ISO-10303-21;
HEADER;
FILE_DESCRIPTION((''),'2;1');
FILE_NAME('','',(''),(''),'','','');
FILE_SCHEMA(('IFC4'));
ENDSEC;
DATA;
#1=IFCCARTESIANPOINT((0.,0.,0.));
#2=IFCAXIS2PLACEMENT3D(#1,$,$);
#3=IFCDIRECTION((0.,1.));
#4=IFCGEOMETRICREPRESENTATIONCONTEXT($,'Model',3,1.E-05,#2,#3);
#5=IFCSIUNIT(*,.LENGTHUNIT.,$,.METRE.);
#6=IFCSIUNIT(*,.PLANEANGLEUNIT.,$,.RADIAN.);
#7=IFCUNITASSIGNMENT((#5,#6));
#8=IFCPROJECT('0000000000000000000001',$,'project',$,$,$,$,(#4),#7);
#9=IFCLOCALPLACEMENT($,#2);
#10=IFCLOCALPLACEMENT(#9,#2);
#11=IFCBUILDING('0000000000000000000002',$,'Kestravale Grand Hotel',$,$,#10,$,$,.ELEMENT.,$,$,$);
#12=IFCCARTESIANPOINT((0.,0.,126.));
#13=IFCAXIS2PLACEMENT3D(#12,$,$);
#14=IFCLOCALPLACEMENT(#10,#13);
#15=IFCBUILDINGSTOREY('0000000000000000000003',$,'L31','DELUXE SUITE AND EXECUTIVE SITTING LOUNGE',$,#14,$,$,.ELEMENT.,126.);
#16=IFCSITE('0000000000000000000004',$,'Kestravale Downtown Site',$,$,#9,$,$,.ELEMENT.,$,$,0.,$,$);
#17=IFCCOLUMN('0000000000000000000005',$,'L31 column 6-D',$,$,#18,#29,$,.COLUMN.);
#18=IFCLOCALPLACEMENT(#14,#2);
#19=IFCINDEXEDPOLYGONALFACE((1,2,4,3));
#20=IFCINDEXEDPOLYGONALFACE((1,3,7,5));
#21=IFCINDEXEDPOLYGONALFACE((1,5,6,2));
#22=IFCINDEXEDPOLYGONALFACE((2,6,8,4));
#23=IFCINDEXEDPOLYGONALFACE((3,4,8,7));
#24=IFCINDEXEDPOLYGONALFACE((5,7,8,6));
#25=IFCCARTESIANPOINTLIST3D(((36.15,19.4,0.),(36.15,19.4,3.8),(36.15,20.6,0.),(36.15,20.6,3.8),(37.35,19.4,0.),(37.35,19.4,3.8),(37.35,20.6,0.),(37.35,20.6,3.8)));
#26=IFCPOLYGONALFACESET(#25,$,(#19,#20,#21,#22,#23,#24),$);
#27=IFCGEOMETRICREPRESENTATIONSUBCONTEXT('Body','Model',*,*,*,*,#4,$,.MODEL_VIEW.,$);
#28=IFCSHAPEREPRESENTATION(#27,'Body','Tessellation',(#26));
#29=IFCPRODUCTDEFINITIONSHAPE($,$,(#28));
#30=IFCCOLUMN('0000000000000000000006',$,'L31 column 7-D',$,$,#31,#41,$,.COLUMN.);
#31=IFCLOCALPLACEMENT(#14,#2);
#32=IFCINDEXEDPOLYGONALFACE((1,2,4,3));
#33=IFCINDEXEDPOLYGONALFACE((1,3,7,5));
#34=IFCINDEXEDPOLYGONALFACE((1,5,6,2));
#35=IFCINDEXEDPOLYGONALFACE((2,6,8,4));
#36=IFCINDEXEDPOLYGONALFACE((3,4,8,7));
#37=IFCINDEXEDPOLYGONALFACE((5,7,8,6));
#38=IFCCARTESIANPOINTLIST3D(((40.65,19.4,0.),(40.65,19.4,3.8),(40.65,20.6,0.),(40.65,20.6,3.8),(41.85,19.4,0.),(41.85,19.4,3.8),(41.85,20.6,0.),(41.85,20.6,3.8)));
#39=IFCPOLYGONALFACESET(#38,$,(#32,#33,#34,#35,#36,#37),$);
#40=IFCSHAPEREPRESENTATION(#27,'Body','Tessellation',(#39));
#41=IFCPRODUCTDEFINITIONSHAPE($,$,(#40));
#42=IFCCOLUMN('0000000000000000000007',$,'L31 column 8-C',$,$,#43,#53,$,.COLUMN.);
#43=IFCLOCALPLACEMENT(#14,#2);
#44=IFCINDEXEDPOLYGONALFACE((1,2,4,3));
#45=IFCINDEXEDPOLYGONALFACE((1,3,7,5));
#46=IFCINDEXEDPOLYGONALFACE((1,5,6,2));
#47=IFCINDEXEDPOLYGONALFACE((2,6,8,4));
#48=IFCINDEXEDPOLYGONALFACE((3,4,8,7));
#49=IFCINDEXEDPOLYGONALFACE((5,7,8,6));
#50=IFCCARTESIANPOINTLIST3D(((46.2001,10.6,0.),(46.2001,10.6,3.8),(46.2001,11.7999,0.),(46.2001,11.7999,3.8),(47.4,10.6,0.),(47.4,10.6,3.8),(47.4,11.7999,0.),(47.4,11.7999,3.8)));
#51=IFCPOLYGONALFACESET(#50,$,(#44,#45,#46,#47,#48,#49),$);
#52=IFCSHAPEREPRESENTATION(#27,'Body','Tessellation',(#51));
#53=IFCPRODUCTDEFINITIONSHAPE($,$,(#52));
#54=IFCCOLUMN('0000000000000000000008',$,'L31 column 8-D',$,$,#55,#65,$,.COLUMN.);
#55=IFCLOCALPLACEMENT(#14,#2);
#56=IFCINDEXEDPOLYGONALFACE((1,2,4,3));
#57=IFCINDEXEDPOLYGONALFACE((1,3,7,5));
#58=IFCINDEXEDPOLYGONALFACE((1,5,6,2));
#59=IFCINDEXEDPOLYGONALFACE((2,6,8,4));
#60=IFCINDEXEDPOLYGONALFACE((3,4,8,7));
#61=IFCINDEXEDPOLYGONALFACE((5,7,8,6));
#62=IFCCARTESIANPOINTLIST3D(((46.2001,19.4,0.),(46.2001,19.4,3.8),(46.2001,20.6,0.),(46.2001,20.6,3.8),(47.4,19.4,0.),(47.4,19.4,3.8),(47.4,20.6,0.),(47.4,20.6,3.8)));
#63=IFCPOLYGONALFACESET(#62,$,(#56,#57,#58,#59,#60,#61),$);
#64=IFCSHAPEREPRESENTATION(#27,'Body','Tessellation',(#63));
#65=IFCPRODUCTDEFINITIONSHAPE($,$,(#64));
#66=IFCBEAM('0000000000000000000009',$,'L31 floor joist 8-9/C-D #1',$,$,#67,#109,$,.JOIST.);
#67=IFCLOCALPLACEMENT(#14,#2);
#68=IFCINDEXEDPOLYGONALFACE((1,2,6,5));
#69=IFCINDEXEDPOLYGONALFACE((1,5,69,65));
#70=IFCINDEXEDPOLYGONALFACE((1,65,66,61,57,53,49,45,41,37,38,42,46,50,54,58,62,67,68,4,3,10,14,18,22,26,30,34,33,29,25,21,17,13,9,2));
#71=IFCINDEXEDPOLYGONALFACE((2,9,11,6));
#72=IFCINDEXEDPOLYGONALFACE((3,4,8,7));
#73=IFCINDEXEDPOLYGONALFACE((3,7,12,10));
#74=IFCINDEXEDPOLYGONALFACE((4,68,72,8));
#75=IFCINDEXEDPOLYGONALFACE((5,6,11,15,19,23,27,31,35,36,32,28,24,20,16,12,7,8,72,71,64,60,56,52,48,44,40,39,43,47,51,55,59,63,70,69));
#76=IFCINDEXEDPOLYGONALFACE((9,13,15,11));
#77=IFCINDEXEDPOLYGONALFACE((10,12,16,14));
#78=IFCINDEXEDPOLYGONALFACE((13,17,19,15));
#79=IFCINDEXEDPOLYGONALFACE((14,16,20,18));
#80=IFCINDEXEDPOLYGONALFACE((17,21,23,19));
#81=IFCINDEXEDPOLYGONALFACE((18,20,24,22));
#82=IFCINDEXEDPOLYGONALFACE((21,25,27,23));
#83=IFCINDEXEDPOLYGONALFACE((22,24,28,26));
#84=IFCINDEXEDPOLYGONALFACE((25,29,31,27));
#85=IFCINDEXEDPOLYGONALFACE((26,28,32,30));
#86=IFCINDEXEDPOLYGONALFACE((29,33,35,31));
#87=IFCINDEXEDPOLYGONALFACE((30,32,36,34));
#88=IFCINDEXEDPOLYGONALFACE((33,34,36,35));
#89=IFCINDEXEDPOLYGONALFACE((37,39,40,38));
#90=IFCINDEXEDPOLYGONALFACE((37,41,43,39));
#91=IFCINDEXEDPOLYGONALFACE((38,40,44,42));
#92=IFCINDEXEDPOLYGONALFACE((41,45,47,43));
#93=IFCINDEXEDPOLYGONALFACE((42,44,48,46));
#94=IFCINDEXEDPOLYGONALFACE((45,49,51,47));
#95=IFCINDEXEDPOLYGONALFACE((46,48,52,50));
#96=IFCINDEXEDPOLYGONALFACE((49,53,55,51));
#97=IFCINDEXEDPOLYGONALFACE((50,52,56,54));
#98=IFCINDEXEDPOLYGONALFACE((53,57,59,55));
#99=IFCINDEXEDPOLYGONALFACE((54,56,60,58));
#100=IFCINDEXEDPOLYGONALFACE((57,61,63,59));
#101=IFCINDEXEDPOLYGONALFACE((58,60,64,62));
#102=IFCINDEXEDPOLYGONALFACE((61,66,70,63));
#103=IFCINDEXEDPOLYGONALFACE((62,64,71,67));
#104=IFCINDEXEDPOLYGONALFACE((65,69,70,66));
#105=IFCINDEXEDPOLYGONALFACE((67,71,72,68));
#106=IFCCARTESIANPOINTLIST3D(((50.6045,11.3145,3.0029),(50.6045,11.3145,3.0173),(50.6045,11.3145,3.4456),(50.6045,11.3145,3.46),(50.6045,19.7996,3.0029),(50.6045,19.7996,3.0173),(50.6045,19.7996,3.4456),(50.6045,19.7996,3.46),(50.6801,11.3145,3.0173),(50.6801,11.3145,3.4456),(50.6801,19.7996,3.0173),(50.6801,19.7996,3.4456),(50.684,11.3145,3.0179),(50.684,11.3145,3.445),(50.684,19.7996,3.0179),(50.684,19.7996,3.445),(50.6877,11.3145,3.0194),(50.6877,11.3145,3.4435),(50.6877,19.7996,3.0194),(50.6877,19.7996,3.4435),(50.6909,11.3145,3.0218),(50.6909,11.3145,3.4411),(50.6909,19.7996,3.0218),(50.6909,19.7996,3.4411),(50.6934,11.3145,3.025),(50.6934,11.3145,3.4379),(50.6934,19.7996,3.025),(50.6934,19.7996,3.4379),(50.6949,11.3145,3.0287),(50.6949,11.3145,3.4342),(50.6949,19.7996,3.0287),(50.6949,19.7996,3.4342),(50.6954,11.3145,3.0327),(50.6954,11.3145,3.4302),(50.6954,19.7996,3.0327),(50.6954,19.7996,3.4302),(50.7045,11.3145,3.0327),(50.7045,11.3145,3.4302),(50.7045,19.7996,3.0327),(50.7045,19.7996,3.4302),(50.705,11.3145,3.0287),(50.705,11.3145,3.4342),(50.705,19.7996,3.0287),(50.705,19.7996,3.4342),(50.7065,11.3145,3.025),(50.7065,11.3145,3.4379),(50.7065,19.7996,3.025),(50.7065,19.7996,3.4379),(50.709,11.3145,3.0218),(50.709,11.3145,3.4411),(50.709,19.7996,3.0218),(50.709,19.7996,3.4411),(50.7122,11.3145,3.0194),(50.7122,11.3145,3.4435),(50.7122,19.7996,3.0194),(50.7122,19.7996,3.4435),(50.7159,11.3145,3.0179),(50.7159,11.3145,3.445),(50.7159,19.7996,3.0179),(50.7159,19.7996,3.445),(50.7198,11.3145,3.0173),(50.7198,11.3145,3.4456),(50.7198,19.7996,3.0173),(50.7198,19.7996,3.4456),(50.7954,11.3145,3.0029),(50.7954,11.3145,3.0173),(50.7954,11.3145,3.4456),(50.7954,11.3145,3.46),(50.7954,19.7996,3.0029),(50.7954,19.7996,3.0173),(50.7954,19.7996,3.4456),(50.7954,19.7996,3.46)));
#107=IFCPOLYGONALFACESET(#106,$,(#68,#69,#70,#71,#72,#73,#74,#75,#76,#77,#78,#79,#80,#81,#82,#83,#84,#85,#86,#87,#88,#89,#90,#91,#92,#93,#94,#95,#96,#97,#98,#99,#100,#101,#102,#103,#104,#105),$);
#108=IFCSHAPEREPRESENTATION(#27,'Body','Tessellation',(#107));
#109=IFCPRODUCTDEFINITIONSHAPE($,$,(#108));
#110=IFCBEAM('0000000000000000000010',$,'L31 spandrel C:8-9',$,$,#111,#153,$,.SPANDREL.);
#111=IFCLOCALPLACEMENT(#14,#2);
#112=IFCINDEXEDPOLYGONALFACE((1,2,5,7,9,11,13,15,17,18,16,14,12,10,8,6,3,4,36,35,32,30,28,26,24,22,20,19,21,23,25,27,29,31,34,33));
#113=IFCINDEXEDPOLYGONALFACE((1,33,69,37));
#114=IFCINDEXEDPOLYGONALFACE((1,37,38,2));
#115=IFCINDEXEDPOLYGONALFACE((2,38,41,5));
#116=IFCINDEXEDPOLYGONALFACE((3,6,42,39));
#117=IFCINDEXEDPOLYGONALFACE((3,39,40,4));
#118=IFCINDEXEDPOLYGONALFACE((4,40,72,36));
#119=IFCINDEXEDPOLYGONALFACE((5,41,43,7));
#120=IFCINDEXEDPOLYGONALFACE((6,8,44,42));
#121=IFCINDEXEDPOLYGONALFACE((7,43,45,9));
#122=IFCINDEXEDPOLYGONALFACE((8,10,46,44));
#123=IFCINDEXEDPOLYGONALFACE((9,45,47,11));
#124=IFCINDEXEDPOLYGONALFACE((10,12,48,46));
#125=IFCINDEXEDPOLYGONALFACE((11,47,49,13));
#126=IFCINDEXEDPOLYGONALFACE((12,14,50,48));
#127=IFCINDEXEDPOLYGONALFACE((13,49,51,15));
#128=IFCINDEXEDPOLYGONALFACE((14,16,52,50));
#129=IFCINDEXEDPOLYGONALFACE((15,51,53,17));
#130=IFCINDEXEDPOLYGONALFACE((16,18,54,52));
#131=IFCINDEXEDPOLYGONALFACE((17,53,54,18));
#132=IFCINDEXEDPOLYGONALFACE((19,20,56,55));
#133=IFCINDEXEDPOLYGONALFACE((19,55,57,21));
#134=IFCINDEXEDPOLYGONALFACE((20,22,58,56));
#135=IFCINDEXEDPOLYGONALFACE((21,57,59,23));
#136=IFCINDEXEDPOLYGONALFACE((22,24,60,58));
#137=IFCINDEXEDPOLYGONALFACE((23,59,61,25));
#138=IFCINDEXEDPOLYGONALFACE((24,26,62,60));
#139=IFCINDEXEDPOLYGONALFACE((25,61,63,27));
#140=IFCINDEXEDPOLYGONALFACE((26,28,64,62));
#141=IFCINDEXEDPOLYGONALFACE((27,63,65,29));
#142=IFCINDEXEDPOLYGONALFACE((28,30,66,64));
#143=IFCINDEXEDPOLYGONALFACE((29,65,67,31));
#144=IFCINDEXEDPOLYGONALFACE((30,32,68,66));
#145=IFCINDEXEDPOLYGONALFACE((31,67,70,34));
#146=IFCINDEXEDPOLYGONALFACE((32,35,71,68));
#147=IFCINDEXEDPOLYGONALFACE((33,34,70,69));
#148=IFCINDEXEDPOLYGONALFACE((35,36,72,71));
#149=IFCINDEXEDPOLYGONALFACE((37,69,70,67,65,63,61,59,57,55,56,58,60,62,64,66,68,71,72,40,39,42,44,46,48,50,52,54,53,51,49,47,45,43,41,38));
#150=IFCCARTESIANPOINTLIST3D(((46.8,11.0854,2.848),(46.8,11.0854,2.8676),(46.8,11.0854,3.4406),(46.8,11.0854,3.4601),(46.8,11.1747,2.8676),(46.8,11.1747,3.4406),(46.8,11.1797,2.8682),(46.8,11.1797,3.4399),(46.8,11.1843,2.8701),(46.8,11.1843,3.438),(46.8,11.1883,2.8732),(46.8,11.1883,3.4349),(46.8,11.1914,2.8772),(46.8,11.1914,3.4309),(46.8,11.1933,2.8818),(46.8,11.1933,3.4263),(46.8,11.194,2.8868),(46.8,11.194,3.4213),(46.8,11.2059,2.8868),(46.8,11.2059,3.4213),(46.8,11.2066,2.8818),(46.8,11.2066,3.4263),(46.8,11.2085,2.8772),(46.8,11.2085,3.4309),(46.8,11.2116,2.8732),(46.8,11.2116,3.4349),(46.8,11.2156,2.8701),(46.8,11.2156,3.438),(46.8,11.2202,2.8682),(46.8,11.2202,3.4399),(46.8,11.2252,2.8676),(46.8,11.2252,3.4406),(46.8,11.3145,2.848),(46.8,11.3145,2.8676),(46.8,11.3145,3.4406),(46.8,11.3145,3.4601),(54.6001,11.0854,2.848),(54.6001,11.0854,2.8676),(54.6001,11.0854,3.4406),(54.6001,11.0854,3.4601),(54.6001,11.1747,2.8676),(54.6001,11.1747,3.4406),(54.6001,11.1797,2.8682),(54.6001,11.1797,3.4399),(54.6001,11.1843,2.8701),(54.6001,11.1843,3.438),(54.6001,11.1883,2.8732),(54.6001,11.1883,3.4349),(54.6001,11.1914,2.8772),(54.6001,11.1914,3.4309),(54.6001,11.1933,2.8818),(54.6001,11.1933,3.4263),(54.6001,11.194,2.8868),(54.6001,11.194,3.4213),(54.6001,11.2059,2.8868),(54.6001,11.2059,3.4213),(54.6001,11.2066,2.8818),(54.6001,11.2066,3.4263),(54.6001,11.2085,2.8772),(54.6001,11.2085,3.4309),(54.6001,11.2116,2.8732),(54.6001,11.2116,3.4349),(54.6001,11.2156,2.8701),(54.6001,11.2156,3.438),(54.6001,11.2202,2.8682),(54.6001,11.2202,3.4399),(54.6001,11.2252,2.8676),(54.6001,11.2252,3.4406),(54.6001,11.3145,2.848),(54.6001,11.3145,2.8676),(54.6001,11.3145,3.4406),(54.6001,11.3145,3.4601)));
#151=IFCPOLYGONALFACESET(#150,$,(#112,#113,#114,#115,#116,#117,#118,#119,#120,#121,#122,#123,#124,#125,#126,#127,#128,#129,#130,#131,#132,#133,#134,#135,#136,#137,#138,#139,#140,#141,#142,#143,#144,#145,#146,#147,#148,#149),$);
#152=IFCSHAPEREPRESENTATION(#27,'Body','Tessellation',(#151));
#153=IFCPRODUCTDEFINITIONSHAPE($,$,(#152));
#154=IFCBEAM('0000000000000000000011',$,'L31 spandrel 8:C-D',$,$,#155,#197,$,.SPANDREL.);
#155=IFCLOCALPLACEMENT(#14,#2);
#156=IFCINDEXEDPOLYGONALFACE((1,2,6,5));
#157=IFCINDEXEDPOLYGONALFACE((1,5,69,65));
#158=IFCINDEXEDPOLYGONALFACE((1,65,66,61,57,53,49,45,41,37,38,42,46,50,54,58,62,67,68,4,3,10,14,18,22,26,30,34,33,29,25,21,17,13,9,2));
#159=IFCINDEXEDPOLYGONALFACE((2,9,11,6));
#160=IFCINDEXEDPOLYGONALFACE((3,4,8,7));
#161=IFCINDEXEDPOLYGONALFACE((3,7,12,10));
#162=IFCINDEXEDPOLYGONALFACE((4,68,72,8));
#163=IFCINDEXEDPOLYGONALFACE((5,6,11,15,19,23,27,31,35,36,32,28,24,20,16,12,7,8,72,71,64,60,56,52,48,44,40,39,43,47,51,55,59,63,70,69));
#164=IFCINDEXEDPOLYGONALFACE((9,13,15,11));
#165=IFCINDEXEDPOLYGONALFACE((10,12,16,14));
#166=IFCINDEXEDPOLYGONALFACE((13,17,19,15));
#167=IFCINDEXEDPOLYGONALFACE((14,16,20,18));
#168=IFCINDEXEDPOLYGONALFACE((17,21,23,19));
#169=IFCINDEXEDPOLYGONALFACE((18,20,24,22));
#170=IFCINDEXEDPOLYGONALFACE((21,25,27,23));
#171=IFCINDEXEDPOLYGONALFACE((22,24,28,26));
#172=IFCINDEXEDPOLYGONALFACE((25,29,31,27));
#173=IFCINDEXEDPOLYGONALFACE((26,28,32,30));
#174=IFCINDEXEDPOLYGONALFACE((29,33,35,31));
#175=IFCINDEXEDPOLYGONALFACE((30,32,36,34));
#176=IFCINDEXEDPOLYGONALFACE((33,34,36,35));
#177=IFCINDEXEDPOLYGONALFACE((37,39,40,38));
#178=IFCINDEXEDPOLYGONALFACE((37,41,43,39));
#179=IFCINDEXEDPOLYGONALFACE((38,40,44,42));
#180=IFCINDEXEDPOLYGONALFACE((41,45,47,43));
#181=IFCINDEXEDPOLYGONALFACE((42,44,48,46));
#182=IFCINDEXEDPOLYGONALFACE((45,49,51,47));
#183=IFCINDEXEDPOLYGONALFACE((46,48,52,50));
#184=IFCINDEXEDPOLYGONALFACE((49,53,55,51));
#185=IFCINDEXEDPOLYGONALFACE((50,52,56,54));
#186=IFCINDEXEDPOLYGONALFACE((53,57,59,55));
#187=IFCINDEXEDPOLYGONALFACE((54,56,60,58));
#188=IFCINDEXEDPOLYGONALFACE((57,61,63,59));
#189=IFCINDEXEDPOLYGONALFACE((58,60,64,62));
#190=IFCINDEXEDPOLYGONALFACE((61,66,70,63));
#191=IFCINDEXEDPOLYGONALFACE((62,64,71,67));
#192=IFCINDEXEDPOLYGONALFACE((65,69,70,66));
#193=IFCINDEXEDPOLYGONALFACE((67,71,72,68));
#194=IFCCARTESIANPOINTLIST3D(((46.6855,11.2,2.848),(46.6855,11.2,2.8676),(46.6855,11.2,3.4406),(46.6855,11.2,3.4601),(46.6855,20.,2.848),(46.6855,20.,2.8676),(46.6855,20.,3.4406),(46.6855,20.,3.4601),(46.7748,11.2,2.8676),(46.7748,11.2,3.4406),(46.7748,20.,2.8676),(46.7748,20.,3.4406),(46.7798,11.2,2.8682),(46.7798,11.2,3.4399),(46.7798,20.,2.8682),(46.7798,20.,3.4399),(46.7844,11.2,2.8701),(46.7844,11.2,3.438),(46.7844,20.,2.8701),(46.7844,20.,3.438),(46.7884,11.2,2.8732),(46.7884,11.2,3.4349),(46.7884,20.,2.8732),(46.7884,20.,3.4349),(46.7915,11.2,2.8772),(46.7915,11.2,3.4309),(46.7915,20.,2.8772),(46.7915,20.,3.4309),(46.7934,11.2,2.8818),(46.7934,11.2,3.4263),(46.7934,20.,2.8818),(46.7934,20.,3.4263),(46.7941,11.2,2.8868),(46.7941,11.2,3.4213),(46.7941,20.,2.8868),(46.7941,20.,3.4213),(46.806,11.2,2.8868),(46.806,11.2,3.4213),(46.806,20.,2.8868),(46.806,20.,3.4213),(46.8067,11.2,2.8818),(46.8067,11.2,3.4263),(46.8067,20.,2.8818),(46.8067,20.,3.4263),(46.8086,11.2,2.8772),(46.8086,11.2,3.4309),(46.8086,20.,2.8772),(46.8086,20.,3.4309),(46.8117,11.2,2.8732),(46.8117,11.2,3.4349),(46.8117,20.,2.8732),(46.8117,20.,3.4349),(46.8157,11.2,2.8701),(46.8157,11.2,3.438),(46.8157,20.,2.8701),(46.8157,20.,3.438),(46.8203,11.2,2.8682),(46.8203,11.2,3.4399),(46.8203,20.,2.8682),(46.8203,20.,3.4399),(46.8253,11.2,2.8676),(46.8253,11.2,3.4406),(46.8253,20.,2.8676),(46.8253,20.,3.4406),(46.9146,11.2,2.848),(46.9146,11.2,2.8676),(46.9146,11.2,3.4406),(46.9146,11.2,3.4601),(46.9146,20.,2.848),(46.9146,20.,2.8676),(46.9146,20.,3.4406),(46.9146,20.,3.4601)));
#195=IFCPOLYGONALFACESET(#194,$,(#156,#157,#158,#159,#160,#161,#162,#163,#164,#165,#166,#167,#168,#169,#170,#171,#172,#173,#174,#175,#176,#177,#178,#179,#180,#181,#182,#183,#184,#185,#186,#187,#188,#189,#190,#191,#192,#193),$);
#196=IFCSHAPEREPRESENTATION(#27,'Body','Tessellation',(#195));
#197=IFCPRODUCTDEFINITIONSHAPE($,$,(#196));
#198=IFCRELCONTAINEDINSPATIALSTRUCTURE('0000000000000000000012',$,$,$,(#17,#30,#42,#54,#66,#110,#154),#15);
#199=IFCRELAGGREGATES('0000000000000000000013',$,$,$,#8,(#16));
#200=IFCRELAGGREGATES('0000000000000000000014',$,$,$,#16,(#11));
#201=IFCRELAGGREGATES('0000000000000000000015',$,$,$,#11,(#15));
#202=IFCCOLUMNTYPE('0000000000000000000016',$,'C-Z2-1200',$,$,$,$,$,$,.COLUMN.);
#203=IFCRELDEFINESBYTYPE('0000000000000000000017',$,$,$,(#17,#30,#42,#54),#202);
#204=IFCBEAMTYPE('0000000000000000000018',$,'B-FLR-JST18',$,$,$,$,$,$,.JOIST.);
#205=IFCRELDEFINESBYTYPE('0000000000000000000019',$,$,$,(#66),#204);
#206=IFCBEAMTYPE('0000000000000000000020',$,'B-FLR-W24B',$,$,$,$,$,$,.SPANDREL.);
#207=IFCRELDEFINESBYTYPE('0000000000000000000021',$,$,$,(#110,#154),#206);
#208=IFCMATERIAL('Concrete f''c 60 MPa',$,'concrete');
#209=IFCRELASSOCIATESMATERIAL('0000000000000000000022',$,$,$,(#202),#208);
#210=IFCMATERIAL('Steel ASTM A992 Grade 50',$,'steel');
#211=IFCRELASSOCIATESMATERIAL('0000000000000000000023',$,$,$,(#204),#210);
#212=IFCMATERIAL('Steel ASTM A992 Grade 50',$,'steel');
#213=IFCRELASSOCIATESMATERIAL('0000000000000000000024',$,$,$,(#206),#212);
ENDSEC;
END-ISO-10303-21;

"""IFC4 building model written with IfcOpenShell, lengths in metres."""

from ifc_helpers import new_model, si_unit, direction, frame, origin, origin_2d, place, context, subcontext, project, spatial, rectangle, i_section, extrude, material, material_profile, profile_set, type_object, element, save


model = new_model("IFC4")

# Units and contexts
model_context = context("Model", 3, precision=1e-05, world=origin(), true_north=direction((0.0, 1.0)))
body_context = subcontext(model_context, "Body", "Model", "MODEL_VIEW")
ifc_project = project(units=[si_unit("LENGTHUNIT", "METRE"), si_unit("PLANEANGLEUNIT", "RADIAN")], contexts=[model_context])

# Site, building, storey
site_placement = place(None, origin())
site = spatial("IfcSite", under=ifc_project, at=site_placement, Name="Kestravale Downtown Site", CompositionType="ELEMENT", RefElevation=0.0)
building_placement = place(site_placement, origin())
building = spatial("IfcBuilding", under=site, at=building_placement, Name="Kestravale Grand Hotel", CompositionType="ELEMENT")
storey_placement = place(building_placement, frame((0.0, 0.0, 126.0)))
storey = spatial("IfcBuildingStorey", under=building, at=storey_placement, Name="L31", Description="DELUXE SUITE AND EXECUTIVE SITTING LOUNGE", CompositionType="ELEMENT", Elevation=126.0)

# Columns
ifc_material_1 = material(Name="Concrete f'c 60 MPa", Category="concrete")
ifc_material_profile_1 = material_profile(ifc_material_1, rectangle(XDim=1.2, YDim=1.2, at=origin_2d()))
ifc_profile_set_1 = profile_set([ifc_material_profile_1], Name="Concrete f'c 60 MPa")
column_type = type_object("IfcColumnType", Name="C-Z2-1200", PredefinedType="COLUMN", material=ifc_profile_set_1)
for number, where, z_axis, x_axis, name in (
    (1, (36.75, 20.0, 0.0), (0.0, 0.0, 1.0), (1.0, 0.0, 0.0), "L31 column 6-D"),
    (2, (41.25, 20.0, 0.0), (0.0, 0.0, 1.0), (1.0, 0.0, 0.0), "L31 column 7-D"),
    (3, (46.8, 11.2, 0.0), (0.0, 0.0, 1.0), (1.0, 0.0, 0.0), "L31 column 8-C"),
    (4, (46.8, 20.0, 0.0), (0.0, 0.0, 1.0), (1.0, 0.0, 0.0), "L31 column 8-D"),
):
    element("IfcColumn", number, at=place(storey_placement, frame(where, z_axis=z_axis, x_axis=x_axis)), inside=storey, type_object=column_type, Name=name, PredefinedType="COLUMN", context=body_context, shape_type="SweptSolid", body=[
        extrude(rectangle(XDim=1.2, YDim=1.2, at=origin_2d()), origin(), (0.0, 0.0, 1.0), 3.8),
    ])

# Beams
ifc_material_2 = material(Name="Steel ASTM A992 Grade 50", Category="steel")
ifc_material_profile_2 = material_profile(ifc_material_2, i_section(OverallWidth=0.1909, OverallDepth=0.457, WebThickness=0.009, FlangeThickness=0.0144, FilletRadius=0.0154, at=origin_2d()))
ifc_profile_set_2 = profile_set([ifc_material_profile_2], Name="Steel ASTM A992 Grade 50")
beam_type_1 = type_object("IfcBeamType", Name="B-FLR-JST18", PredefinedType="JOIST", material=ifc_profile_set_2)
beam_1_placement = place(storey_placement, frame((50.7, 11.3145, 3.2314), z_axis=(0.0, 1.0, 0.0), x_axis=(-1.0, 0.0, 0.0)))
element("IfcBeam", 5, at=beam_1_placement, inside=storey, type_object=beam_type_1, Name="L31 floor joist 8-9/C-D #1", PredefinedType="JOIST", context=body_context, shape_type="SweptSolid", body=[
    extrude(i_section(OverallWidth=0.1909, OverallDepth=0.457, WebThickness=0.009, FlangeThickness=0.0144, FilletRadius=0.0154, at=origin_2d()), origin(), (0.0, 0.0, 1.0), 8.4851),
])
ifc_material_3 = material(Name="Steel ASTM A992 Grade 50", Category="steel")
ifc_material_profile_3 = material_profile(ifc_material_3, i_section(OverallWidth=0.229, OverallDepth=0.6121, WebThickness=0.012, FlangeThickness=0.0195, FilletRadius=0.0193, at=origin_2d()))
ifc_profile_set_3 = profile_set([ifc_material_profile_3], Name="Steel ASTM A992 Grade 50")
beam_type_2 = type_object("IfcBeamType", Name="B-FLR-W24B", PredefinedType="SPANDREL", material=ifc_profile_set_3)
beam_2_placement = place(storey_placement, frame((46.8, 11.2, 3.1541), z_axis=(1.0, 0.0, 0.0), x_axis=(0.0, 1.0, 0.0)))
element("IfcBeam", 6, at=beam_2_placement, inside=storey, type_object=beam_type_2, Name="L31 spandrel C:8-9", PredefinedType="SPANDREL", context=body_context, shape_type="SweptSolid", body=[
    extrude(i_section(OverallWidth=0.229, OverallDepth=0.6121, WebThickness=0.012, FlangeThickness=0.0195, FilletRadius=0.0193, at=origin_2d()), origin(), (0.0, 0.0, 1.0), 7.8),
])
beam_3_placement = place(storey_placement, frame((46.8, 11.2, 3.1541), z_axis=(0.0, 1.0, 0.0), x_axis=(-1.0, 0.0, 0.0)))
element("IfcBeam", 7, at=beam_3_placement, inside=storey, type_object=beam_type_2, Name="L31 spandrel 8:C-D", PredefinedType="SPANDREL", context=body_context, shape_type="SweptSolid", body=[
    extrude(i_section(OverallWidth=0.229, OverallDepth=0.6121, WebThickness=0.012, FlangeThickness=0.0195, FilletRadius=0.0193, at=origin_2d()), origin(), (0.0, 0.0, 1.0), 8.8),
])

save(model, "model.ifc")
